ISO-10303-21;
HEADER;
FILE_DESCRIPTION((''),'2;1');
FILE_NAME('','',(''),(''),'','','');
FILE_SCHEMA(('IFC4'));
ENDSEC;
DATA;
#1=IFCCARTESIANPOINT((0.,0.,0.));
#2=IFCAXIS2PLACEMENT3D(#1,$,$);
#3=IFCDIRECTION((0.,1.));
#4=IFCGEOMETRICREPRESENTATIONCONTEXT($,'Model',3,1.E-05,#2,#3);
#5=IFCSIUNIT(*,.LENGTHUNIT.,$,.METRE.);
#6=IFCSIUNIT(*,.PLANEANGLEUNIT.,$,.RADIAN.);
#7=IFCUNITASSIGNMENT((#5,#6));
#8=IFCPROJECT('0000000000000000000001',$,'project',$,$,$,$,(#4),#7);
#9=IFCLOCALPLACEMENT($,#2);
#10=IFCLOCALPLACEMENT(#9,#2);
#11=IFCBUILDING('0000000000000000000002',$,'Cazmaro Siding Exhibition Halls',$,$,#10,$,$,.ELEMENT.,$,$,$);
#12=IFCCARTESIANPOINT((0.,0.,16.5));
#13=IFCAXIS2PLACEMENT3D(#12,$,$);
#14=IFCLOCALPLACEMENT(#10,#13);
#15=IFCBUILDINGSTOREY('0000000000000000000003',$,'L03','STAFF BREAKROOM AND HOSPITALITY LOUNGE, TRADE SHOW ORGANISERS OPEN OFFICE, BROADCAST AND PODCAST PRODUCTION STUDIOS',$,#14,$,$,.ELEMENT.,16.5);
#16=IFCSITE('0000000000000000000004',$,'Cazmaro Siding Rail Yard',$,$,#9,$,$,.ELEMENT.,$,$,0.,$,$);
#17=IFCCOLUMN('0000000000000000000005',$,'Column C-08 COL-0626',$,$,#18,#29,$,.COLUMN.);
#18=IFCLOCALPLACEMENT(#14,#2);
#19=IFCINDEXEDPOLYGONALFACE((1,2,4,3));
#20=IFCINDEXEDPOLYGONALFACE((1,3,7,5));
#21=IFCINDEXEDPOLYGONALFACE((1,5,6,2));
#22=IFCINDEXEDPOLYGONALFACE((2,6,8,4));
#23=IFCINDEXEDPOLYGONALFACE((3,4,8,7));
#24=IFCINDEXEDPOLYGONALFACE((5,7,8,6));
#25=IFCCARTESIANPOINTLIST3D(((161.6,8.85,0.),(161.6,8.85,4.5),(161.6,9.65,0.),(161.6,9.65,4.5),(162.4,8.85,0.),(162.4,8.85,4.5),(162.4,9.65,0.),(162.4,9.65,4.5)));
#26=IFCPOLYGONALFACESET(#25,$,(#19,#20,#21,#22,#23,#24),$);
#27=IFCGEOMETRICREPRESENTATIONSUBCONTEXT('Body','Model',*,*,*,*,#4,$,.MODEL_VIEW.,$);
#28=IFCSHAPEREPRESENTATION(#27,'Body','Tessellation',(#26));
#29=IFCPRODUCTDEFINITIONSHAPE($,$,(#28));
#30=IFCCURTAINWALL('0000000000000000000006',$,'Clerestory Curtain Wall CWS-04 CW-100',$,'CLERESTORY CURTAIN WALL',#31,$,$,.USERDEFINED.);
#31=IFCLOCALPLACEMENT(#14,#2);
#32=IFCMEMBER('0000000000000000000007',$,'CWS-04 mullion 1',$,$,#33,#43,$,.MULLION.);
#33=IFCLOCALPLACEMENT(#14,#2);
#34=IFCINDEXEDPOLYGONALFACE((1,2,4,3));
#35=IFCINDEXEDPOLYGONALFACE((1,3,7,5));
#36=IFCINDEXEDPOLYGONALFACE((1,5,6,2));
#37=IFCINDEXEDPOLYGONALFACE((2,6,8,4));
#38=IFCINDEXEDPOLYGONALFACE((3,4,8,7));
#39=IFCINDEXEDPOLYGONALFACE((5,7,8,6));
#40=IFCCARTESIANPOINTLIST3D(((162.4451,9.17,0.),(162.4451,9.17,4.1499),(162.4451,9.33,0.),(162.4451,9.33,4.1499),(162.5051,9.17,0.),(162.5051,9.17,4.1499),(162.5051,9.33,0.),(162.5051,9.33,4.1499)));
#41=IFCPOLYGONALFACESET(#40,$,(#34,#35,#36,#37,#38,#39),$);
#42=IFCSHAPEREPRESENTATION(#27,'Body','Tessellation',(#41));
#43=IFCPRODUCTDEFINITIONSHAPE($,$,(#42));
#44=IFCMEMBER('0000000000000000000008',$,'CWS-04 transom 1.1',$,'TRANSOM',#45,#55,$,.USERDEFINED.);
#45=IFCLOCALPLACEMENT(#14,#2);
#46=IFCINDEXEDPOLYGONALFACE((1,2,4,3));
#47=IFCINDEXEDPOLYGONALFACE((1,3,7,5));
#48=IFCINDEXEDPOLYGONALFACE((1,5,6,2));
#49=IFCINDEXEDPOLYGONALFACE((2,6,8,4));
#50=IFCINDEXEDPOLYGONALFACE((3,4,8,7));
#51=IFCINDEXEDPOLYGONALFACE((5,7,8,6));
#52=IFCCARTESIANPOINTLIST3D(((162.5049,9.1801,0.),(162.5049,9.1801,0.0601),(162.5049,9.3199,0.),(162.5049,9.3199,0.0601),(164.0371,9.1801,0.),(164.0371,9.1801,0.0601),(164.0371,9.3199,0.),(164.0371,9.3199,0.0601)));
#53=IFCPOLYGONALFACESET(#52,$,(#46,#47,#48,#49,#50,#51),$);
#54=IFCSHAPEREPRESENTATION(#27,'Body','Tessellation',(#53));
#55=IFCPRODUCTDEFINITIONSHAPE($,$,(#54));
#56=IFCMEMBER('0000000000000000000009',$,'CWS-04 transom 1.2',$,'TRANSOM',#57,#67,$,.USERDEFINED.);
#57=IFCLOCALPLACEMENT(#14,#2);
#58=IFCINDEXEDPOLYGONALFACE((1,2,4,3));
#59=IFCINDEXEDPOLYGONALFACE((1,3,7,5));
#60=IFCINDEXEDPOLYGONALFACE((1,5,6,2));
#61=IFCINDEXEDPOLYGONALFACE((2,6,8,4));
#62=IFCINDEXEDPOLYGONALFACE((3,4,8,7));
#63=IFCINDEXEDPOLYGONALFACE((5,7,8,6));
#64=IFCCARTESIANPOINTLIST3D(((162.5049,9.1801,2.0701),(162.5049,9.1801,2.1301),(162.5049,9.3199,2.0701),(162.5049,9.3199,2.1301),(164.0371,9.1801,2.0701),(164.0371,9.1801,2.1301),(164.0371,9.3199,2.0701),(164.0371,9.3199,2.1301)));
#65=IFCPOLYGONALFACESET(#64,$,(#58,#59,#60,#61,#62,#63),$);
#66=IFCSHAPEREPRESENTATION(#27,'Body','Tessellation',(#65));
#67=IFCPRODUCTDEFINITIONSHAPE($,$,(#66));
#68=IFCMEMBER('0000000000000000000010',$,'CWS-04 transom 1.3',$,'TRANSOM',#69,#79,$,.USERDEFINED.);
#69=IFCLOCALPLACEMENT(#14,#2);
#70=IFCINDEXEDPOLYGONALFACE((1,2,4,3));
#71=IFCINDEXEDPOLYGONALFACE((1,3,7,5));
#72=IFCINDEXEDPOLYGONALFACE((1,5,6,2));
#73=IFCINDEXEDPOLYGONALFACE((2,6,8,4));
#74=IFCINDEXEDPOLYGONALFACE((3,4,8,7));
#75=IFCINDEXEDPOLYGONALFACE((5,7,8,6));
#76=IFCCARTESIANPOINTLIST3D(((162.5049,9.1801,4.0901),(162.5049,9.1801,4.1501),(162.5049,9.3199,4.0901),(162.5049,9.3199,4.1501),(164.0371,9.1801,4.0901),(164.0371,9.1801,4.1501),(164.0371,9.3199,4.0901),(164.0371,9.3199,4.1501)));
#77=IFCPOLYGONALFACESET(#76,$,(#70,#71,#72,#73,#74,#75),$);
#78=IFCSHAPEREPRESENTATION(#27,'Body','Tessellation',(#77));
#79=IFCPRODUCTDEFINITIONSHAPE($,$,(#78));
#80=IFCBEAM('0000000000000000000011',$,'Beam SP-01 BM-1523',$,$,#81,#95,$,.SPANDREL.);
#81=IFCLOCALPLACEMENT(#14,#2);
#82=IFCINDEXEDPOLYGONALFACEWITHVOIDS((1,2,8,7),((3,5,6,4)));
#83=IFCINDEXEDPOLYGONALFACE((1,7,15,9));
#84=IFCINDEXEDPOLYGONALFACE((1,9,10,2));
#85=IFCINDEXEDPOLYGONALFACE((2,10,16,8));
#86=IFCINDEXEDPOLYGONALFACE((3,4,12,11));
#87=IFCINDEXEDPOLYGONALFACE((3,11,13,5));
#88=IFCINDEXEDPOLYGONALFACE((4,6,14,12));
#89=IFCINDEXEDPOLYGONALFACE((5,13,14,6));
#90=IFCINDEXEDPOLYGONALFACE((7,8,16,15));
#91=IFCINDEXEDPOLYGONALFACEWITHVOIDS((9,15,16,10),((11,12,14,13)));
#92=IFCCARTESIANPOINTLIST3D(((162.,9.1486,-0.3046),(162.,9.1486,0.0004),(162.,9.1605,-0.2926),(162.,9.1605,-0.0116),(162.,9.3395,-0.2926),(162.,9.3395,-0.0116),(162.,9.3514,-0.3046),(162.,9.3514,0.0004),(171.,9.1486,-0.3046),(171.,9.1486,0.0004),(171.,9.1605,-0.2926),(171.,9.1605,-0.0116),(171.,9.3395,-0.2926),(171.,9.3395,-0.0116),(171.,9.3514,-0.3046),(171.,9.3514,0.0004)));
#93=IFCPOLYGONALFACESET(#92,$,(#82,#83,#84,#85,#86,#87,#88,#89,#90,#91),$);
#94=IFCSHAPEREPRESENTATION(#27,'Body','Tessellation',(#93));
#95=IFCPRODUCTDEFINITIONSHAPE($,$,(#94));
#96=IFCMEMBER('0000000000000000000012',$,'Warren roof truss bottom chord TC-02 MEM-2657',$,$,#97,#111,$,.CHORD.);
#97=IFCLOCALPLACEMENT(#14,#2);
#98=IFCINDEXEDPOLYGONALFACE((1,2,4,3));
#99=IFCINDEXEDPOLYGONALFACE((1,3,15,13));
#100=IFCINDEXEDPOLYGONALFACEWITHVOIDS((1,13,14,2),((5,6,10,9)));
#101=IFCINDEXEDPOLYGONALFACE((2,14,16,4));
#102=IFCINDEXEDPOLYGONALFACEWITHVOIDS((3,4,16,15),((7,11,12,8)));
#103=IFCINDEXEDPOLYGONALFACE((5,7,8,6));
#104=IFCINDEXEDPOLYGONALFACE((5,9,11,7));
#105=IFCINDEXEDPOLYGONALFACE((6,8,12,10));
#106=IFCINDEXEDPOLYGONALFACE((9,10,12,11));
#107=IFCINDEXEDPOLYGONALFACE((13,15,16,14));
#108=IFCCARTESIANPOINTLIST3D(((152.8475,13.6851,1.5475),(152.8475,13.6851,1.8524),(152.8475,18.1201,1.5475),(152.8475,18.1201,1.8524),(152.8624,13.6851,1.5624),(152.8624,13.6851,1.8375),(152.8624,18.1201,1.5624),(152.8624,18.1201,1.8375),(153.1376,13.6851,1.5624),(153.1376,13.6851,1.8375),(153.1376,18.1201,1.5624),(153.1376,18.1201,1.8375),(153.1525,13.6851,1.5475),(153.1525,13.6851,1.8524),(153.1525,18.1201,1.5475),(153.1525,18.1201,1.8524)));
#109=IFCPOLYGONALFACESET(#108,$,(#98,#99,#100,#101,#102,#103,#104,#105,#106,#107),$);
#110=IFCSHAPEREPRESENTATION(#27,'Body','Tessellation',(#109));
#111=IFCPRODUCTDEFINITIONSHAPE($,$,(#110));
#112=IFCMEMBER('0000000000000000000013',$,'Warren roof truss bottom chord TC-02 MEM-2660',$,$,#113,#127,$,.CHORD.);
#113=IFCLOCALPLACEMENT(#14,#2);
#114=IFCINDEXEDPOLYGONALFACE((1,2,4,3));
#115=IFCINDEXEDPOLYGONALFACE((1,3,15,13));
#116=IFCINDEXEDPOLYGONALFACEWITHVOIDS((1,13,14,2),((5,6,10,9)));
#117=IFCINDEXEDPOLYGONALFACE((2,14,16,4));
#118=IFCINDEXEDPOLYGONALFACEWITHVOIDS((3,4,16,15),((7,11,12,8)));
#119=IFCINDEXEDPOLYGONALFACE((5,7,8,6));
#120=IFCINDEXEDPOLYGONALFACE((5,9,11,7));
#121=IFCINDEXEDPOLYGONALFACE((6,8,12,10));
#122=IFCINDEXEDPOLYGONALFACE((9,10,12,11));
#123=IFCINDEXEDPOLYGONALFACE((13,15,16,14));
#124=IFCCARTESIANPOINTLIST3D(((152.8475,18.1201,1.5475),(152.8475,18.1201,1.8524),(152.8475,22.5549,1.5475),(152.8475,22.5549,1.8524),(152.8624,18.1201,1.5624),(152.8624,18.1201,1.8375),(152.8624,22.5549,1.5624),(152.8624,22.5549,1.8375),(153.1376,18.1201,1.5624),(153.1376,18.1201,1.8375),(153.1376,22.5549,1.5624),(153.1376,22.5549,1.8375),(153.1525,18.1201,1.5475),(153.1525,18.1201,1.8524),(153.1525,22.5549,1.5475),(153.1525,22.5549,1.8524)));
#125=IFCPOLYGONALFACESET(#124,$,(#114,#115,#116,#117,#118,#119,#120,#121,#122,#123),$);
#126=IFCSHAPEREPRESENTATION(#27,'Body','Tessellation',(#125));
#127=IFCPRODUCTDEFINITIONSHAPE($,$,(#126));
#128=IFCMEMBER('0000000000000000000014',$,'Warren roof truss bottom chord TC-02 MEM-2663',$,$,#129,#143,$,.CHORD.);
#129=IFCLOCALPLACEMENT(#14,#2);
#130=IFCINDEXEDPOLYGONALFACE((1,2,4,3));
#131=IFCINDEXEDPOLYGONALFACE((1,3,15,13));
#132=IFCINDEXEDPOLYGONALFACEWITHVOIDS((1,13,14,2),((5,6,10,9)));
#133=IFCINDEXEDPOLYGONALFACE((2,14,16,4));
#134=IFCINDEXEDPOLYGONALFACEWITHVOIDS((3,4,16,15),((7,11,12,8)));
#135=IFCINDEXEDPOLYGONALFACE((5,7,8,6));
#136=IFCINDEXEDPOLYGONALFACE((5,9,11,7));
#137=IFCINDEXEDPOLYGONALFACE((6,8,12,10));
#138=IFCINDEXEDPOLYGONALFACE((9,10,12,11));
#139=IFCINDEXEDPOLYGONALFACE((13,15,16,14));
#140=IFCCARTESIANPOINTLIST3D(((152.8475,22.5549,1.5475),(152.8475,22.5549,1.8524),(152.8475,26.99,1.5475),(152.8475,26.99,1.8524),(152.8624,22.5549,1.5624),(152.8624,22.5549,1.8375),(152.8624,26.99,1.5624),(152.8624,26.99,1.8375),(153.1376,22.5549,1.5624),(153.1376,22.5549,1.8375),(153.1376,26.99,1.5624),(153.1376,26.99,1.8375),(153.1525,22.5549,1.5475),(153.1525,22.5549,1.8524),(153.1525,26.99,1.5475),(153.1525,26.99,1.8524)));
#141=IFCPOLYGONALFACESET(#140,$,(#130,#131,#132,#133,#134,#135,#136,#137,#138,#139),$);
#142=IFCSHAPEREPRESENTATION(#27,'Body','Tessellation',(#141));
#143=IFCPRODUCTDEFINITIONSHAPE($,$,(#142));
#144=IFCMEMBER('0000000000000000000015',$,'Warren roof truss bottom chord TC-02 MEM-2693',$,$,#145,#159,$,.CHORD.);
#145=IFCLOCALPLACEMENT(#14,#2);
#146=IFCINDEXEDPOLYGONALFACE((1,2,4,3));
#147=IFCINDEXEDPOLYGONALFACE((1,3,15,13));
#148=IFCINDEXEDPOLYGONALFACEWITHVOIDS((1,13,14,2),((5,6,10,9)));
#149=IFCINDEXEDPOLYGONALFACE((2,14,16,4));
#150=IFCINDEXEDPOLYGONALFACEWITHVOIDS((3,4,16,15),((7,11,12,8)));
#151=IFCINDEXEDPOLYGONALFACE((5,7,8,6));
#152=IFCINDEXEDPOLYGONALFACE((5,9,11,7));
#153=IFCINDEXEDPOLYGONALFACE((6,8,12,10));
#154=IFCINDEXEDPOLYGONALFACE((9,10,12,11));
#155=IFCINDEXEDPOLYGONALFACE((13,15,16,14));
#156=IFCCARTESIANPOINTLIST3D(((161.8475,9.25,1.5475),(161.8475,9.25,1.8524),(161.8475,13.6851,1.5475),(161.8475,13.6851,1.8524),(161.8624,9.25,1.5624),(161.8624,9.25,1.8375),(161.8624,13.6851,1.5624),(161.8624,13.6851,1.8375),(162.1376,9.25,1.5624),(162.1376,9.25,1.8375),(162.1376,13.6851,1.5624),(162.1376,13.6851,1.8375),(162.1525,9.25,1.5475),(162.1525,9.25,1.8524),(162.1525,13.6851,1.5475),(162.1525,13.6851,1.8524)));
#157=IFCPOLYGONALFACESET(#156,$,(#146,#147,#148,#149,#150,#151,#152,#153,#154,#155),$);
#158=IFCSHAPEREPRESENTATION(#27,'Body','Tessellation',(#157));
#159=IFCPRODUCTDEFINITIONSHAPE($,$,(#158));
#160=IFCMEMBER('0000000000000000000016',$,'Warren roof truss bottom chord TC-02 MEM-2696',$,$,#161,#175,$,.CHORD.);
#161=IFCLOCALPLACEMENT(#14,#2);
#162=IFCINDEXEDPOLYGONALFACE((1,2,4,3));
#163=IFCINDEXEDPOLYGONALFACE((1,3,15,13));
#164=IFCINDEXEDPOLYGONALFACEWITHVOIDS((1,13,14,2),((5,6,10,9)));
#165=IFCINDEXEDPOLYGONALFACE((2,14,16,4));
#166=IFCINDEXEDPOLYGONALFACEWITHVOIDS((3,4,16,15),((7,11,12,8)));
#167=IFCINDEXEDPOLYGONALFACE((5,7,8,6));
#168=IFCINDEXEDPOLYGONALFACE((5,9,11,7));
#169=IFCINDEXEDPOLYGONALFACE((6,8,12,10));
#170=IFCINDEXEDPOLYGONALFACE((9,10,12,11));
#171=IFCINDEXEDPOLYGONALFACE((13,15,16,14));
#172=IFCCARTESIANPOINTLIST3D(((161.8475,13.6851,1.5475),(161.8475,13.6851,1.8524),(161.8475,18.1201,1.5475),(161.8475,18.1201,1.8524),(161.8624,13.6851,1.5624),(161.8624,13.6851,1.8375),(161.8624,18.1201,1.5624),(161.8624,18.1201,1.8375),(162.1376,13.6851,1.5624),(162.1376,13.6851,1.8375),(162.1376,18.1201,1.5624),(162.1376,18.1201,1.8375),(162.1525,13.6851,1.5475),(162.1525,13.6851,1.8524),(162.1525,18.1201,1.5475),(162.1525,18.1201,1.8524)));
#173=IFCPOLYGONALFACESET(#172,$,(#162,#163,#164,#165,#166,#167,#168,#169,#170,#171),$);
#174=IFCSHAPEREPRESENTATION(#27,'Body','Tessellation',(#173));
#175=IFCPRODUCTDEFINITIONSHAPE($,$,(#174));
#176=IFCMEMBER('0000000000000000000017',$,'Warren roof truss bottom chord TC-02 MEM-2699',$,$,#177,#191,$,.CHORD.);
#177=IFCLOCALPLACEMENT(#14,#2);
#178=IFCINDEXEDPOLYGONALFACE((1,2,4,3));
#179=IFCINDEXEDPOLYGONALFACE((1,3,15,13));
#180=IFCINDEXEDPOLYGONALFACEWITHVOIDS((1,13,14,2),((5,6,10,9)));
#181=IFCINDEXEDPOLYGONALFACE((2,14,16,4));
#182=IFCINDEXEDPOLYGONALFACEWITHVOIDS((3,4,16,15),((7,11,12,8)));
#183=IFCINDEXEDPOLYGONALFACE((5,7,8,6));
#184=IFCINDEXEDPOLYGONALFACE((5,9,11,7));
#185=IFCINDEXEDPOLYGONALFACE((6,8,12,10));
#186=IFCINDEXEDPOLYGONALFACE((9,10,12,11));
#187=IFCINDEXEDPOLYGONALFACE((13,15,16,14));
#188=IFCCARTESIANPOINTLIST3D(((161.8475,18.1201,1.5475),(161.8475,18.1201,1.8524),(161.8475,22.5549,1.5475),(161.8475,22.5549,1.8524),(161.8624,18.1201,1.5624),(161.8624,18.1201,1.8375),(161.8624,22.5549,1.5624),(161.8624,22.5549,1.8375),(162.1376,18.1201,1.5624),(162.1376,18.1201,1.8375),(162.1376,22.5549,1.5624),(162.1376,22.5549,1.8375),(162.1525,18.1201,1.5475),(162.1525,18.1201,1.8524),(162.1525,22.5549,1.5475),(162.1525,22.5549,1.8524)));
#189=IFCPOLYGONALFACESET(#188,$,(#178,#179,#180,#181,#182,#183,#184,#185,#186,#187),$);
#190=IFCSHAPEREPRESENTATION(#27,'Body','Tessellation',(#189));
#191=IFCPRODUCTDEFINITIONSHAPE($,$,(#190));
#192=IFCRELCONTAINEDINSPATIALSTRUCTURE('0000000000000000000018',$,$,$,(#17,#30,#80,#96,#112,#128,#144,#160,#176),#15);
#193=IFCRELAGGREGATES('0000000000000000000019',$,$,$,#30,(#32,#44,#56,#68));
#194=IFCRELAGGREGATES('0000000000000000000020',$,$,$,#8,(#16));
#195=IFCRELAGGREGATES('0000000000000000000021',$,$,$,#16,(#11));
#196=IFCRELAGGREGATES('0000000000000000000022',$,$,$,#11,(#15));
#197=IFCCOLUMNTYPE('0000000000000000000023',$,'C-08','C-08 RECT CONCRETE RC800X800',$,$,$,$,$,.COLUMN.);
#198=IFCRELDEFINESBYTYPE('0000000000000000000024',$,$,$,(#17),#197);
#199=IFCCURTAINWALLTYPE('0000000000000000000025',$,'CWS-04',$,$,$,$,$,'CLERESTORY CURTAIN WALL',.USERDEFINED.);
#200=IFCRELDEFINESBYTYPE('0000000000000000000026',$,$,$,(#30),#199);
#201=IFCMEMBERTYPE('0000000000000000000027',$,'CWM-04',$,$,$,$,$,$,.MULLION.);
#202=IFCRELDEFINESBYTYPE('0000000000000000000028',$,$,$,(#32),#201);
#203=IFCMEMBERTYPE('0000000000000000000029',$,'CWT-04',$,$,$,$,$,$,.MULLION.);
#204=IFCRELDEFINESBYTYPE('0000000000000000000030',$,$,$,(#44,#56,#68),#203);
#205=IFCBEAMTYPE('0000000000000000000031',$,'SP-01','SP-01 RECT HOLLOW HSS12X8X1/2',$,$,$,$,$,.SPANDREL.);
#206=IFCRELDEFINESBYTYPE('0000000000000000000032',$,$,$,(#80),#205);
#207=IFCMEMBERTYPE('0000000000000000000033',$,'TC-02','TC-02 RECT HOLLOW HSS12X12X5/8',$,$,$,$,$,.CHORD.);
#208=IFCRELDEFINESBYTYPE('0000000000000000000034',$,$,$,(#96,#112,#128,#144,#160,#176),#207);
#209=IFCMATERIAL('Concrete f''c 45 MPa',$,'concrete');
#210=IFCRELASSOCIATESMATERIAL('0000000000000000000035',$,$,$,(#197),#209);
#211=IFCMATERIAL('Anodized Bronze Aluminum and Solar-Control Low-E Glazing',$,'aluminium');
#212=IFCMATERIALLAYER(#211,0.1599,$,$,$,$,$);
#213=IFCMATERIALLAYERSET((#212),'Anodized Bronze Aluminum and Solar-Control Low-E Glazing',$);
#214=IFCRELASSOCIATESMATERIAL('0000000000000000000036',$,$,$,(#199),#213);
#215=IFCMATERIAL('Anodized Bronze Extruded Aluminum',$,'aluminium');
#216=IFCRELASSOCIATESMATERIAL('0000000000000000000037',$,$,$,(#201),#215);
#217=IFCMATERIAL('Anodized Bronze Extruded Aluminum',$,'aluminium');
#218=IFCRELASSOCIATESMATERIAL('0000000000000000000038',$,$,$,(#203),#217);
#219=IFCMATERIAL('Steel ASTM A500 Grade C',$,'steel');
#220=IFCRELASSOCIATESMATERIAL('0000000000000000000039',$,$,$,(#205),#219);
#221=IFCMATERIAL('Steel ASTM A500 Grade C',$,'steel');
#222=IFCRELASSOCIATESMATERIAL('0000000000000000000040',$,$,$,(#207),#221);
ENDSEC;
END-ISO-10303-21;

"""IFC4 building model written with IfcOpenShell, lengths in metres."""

from ifc_helpers import new_model, si_unit, direction, frame, origin, origin_2d, place, context, subcontext, project, spatial, rectangle, hollow_rectangle, extrude, material, layer, layer_set, material_profile, profile_set, type_object, element, aggregate, save


model = new_model("IFC4")

# Units and contexts
model_context = context("Model", 3, precision=1e-05, world=origin(), true_north=direction((0.0, 1.0)))
body_context = subcontext(model_context, "Body", "Model", "MODEL_VIEW")
ifc_project = project(units=[si_unit("LENGTHUNIT", "METRE"), si_unit("PLANEANGLEUNIT", "RADIAN")], contexts=[model_context])

# Site, building, storey
site_placement = place(None, origin())
site = spatial("IfcSite", under=ifc_project, at=site_placement, Name="Cazmaro Siding Rail Yard", CompositionType="ELEMENT", RefElevation=0.0)
building_placement = place(site_placement, origin())
building = spatial("IfcBuilding", under=site, at=building_placement, Name="Cazmaro Siding Exhibition Halls", CompositionType="ELEMENT")
storey_placement = place(building_placement, frame((0.0, 0.0, 16.5)))
storey = spatial("IfcBuildingStorey", under=building, at=storey_placement, Name="L03", Description="STAFF BREAKROOM AND HOSPITALITY LOUNGE, TRADE SHOW ORGANISERS OPEN OFFICE, BROADCAST AND PODCAST PRODUCTION STUDIOS", CompositionType="ELEMENT", Elevation=16.5)

# Column
ifc_material_1 = material(Name="Concrete f'c 45 MPa", Category="concrete")
ifc_material_profile_1 = material_profile(ifc_material_1, rectangle(XDim=0.8, YDim=0.8, at=origin_2d()), Name="RC800X800")
ifc_profile_set_1 = profile_set([ifc_material_profile_1], Name="Concrete f'c 45 MPa")
column_type = type_object("IfcColumnType", Name="C-08", Description="C-08 RECT CONCRETE RC800X800", PredefinedType="COLUMN", material=ifc_profile_set_1)
column_placement = place(storey_placement, frame((162.0, 9.25, 0.0), z_axis=(0.0, 0.0, 1.0), x_axis=(1.0, 0.0, 0.0)))
element("IfcColumn", 1, at=column_placement, inside=storey, type_object=column_type, Name="Column C-08 COL-0626", PredefinedType="COLUMN", context=body_context, shape_type="SweptSolid", body=[
    extrude(rectangle(XDim=0.8, YDim=0.8, at=origin_2d()), origin(), (0.0, 0.0, 1.0), 4.5),
])

# Curtain wall, members
ifc_material_2 = material(Name="Anodized Bronze Aluminum and Solar-Control Low-E Glazing", Category="aluminium")
ifc_layer = layer(ifc_material_2, 0.1599)
ifc_layer_set = layer_set([ifc_layer], Name="Anodized Bronze Aluminum and Solar-Control Low-E Glazing")
curtain_wall_type = type_object("IfcCurtainWallType", Name="CWS-04", ElementType="CLERESTORY CURTAIN WALL", PredefinedType="USERDEFINED", material=ifc_layer_set)
curtain_wall_placement = place(storey_placement, origin())
curtain_wall = element("IfcCurtainWall", 2, at=curtain_wall_placement, inside=storey, type_object=curtain_wall_type, Name="Clerestory Curtain Wall CWS-04 CW-100", ObjectType="CLERESTORY CURTAIN WALL", PredefinedType="USERDEFINED")
ifc_material_3 = material(Name="Anodized Bronze Extruded Aluminum", Category="aluminium")
ifc_material_profile_2 = material_profile(ifc_material_3, rectangle(XDim=0.1599, YDim=0.0601, at=origin_2d()), Name="CWM-04")
ifc_profile_set_2 = profile_set([ifc_material_profile_2], Name="Anodized Bronze Extruded Aluminum")
member_type_1 = type_object("IfcMemberType", Name="CWM-04", PredefinedType="MULLION", material=ifc_profile_set_2)
member_1_placement = place(storey_placement, frame((162.4751, 9.25, 0.0), z_axis=(0.0, 0.0, 1.0), x_axis=(0.0, 1.0, 0.0)))
member_1 = element("IfcMember", 3, at=member_1_placement, type_object=member_type_1, Name="CWS-04 mullion 1", PredefinedType="MULLION", context=body_context, shape_type="SweptSolid", body=[
    extrude(rectangle(XDim=0.1599, YDim=0.0601, at=origin_2d()), origin(), (0.0, 0.0, 1.0), 4.1499),
])
ifc_material_4 = material(Name="Anodized Bronze Extruded Aluminum", Category="aluminium")
ifc_material_profile_3 = material_profile(ifc_material_4, rectangle(XDim=0.1399, YDim=0.0601, at=origin_2d()), Name="CWT-04")
ifc_profile_set_3 = profile_set([ifc_material_profile_3], Name="Anodized Bronze Extruded Aluminum")
member_type_2 = type_object("IfcMemberType", Name="CWT-04", PredefinedType="MULLION", material=ifc_profile_set_3)
member_2_placement = place(storey_placement, frame((162.5049, 9.25, 0.03), z_axis=(1.0, 0.0, 0.0), x_axis=(0.0, 1.0, 0.0)))
member_2 = element("IfcMember", 4, at=member_2_placement, type_object=member_type_2, Name="CWS-04 transom 1.1", ObjectType="TRANSOM", PredefinedType="USERDEFINED", context=body_context, shape_type="SweptSolid", body=[
    extrude(rectangle(XDim=0.1399, YDim=0.0601, at=origin_2d()), origin(), (0.0, 0.0, 1.0), 1.5322),
])
member_3_placement = place(storey_placement, frame((162.5049, 9.25, 2.1001), z_axis=(1.0, 0.0, 0.0), x_axis=(0.0, 1.0, 0.0)))
member_3 = element("IfcMember", 5, at=member_3_placement, type_object=member_type_2, Name="CWS-04 transom 1.2", ObjectType="TRANSOM", PredefinedType="USERDEFINED", context=body_context, shape_type="SweptSolid", body=[
    extrude(rectangle(XDim=0.1399, YDim=0.0601, at=origin_2d()), origin(), (0.0, 0.0, 1.0), 1.5322),
])
member_4_placement = place(storey_placement, frame((162.5049, 9.25, 4.1201), z_axis=(1.0, 0.0, 0.0), x_axis=(0.0, 1.0, 0.0)))
member_4 = element("IfcMember", 6, at=member_4_placement, type_object=member_type_2, Name="CWS-04 transom 1.3", ObjectType="TRANSOM", PredefinedType="USERDEFINED", context=body_context, shape_type="SweptSolid", body=[
    extrude(rectangle(XDim=0.1399, YDim=0.0601, at=origin_2d()), origin(), (0.0, 0.0, 1.0), 1.5322),
])
aggregate(curtain_wall, [member_1, member_2, member_3, member_4])

# Beam
ifc_material_5 = material(Name="Steel ASTM A500 Grade C", Category="steel")
ifc_material_profile_4 = material_profile(ifc_material_5, hollow_rectangle(XDim=0.2029, YDim=0.3049, WallThickness=0.012, at=origin_2d()), Name="HSS12X8X1/2")
ifc_profile_set_4 = profile_set([ifc_material_profile_4], Name="Steel ASTM A500 Grade C")
beam_type = type_object("IfcBeamType", Name="SP-01", Description="SP-01 RECT HOLLOW HSS12X8X1/2", PredefinedType="SPANDREL", material=ifc_profile_set_4)
beam_placement = place(storey_placement, frame((162.0, 9.25, -0.1521), z_axis=(1.0, 0.0, 0.0), x_axis=(0.0, 1.0, 0.0)))
element("IfcBeam", 7, at=beam_placement, inside=storey, type_object=beam_type, Name="Beam SP-01 BM-1523", PredefinedType="SPANDREL", context=body_context, shape_type="SweptSolid", body=[
    extrude(hollow_rectangle(XDim=0.2029, YDim=0.3049, WallThickness=0.012, at=origin_2d()), origin(), (0.0, 0.0, 1.0), 9.0),
])

# Members
ifc_material_6 = material(Name="Steel ASTM A500 Grade C", Category="steel")
ifc_material_profile_5 = material_profile(ifc_material_6, hollow_rectangle(XDim=0.3049, YDim=0.3049, WallThickness=0.0149, at=origin_2d()), Name="HSS12X12X5/8")
ifc_profile_set_5 = profile_set([ifc_material_profile_5], Name="Steel ASTM A500 Grade C")
member_type_3 = type_object("IfcMemberType", Name="TC-02", Description="TC-02 RECT HOLLOW HSS12X12X5/8", PredefinedType="CHORD", material=ifc_profile_set_5)
member_5_placement = place(storey_placement, frame((153.0, 13.6851, 1.7), z_axis=(0.0, 1.0, 0.0), x_axis=(-1.0, 0.0, 0.0)))
element("IfcMember", 8, at=member_5_placement, inside=storey, type_object=member_type_3, Name="Warren roof truss bottom chord TC-02 MEM-2657", PredefinedType="CHORD", context=body_context, shape_type="SweptSolid", body=[
    extrude(hollow_rectangle(XDim=0.3049, YDim=0.3049, WallThickness=0.0149, at=origin_2d()), origin(), (0.0, 0.0, 1.0), 4.4351),
])
member_6_placement = place(storey_placement, frame((153.0, 18.1201, 1.7), z_axis=(0.0, 1.0, 0.0), x_axis=(-1.0, 0.0, 0.0)))
element("IfcMember", 9, at=member_6_placement, inside=storey, type_object=member_type_3, Name="Warren roof truss bottom chord TC-02 MEM-2660", PredefinedType="CHORD", context=body_context, shape_type="SweptSolid", body=[
    extrude(hollow_rectangle(XDim=0.3049, YDim=0.3049, WallThickness=0.0149, at=origin_2d()), origin(), (0.0, 0.0, 1.0), 4.4348),
])
for number, where, z_axis, x_axis, name in (
    (10, (153.0, 22.5549, 1.7), (0.0, 1.0, 0.0), (-1.0, 0.0, 0.0), "Warren roof truss bottom chord TC-02 MEM-2663"),
    (11, (162.0, 9.25, 1.7), (0.0, 1.0, 0.0), (-1.0, 0.0, 0.0), "Warren roof truss bottom chord TC-02 MEM-2693"),
    (12, (162.0, 13.6851, 1.7), (0.0, 1.0, 0.0), (-1.0, 0.0, 0.0), "Warren roof truss bottom chord TC-02 MEM-2696"),
):
    element("IfcMember", number, at=place(storey_placement, frame(where, z_axis=z_axis, x_axis=x_axis)), inside=storey, type_object=member_type_3, Name=name, PredefinedType="CHORD", context=body_context, shape_type="SweptSolid", body=[
        extrude(hollow_rectangle(XDim=0.3049, YDim=0.3049, WallThickness=0.0149, at=origin_2d()), origin(), (0.0, 0.0, 1.0), 4.4351),
    ])
member_7_placement = place(storey_placement, frame((162.0, 18.1201, 1.7), z_axis=(0.0, 1.0, 0.0), x_axis=(-1.0, 0.0, 0.0)))
element("IfcMember", 13, at=member_7_placement, inside=storey, type_object=member_type_3, Name="Warren roof truss bottom chord TC-02 MEM-2699", PredefinedType="CHORD", context=body_context, shape_type="SweptSolid", body=[
    extrude(hollow_rectangle(XDim=0.3049, YDim=0.3049, WallThickness=0.0149, at=origin_2d()), origin(), (0.0, 0.0, 1.0), 4.4348),
])

save(model, "model.ifc")
